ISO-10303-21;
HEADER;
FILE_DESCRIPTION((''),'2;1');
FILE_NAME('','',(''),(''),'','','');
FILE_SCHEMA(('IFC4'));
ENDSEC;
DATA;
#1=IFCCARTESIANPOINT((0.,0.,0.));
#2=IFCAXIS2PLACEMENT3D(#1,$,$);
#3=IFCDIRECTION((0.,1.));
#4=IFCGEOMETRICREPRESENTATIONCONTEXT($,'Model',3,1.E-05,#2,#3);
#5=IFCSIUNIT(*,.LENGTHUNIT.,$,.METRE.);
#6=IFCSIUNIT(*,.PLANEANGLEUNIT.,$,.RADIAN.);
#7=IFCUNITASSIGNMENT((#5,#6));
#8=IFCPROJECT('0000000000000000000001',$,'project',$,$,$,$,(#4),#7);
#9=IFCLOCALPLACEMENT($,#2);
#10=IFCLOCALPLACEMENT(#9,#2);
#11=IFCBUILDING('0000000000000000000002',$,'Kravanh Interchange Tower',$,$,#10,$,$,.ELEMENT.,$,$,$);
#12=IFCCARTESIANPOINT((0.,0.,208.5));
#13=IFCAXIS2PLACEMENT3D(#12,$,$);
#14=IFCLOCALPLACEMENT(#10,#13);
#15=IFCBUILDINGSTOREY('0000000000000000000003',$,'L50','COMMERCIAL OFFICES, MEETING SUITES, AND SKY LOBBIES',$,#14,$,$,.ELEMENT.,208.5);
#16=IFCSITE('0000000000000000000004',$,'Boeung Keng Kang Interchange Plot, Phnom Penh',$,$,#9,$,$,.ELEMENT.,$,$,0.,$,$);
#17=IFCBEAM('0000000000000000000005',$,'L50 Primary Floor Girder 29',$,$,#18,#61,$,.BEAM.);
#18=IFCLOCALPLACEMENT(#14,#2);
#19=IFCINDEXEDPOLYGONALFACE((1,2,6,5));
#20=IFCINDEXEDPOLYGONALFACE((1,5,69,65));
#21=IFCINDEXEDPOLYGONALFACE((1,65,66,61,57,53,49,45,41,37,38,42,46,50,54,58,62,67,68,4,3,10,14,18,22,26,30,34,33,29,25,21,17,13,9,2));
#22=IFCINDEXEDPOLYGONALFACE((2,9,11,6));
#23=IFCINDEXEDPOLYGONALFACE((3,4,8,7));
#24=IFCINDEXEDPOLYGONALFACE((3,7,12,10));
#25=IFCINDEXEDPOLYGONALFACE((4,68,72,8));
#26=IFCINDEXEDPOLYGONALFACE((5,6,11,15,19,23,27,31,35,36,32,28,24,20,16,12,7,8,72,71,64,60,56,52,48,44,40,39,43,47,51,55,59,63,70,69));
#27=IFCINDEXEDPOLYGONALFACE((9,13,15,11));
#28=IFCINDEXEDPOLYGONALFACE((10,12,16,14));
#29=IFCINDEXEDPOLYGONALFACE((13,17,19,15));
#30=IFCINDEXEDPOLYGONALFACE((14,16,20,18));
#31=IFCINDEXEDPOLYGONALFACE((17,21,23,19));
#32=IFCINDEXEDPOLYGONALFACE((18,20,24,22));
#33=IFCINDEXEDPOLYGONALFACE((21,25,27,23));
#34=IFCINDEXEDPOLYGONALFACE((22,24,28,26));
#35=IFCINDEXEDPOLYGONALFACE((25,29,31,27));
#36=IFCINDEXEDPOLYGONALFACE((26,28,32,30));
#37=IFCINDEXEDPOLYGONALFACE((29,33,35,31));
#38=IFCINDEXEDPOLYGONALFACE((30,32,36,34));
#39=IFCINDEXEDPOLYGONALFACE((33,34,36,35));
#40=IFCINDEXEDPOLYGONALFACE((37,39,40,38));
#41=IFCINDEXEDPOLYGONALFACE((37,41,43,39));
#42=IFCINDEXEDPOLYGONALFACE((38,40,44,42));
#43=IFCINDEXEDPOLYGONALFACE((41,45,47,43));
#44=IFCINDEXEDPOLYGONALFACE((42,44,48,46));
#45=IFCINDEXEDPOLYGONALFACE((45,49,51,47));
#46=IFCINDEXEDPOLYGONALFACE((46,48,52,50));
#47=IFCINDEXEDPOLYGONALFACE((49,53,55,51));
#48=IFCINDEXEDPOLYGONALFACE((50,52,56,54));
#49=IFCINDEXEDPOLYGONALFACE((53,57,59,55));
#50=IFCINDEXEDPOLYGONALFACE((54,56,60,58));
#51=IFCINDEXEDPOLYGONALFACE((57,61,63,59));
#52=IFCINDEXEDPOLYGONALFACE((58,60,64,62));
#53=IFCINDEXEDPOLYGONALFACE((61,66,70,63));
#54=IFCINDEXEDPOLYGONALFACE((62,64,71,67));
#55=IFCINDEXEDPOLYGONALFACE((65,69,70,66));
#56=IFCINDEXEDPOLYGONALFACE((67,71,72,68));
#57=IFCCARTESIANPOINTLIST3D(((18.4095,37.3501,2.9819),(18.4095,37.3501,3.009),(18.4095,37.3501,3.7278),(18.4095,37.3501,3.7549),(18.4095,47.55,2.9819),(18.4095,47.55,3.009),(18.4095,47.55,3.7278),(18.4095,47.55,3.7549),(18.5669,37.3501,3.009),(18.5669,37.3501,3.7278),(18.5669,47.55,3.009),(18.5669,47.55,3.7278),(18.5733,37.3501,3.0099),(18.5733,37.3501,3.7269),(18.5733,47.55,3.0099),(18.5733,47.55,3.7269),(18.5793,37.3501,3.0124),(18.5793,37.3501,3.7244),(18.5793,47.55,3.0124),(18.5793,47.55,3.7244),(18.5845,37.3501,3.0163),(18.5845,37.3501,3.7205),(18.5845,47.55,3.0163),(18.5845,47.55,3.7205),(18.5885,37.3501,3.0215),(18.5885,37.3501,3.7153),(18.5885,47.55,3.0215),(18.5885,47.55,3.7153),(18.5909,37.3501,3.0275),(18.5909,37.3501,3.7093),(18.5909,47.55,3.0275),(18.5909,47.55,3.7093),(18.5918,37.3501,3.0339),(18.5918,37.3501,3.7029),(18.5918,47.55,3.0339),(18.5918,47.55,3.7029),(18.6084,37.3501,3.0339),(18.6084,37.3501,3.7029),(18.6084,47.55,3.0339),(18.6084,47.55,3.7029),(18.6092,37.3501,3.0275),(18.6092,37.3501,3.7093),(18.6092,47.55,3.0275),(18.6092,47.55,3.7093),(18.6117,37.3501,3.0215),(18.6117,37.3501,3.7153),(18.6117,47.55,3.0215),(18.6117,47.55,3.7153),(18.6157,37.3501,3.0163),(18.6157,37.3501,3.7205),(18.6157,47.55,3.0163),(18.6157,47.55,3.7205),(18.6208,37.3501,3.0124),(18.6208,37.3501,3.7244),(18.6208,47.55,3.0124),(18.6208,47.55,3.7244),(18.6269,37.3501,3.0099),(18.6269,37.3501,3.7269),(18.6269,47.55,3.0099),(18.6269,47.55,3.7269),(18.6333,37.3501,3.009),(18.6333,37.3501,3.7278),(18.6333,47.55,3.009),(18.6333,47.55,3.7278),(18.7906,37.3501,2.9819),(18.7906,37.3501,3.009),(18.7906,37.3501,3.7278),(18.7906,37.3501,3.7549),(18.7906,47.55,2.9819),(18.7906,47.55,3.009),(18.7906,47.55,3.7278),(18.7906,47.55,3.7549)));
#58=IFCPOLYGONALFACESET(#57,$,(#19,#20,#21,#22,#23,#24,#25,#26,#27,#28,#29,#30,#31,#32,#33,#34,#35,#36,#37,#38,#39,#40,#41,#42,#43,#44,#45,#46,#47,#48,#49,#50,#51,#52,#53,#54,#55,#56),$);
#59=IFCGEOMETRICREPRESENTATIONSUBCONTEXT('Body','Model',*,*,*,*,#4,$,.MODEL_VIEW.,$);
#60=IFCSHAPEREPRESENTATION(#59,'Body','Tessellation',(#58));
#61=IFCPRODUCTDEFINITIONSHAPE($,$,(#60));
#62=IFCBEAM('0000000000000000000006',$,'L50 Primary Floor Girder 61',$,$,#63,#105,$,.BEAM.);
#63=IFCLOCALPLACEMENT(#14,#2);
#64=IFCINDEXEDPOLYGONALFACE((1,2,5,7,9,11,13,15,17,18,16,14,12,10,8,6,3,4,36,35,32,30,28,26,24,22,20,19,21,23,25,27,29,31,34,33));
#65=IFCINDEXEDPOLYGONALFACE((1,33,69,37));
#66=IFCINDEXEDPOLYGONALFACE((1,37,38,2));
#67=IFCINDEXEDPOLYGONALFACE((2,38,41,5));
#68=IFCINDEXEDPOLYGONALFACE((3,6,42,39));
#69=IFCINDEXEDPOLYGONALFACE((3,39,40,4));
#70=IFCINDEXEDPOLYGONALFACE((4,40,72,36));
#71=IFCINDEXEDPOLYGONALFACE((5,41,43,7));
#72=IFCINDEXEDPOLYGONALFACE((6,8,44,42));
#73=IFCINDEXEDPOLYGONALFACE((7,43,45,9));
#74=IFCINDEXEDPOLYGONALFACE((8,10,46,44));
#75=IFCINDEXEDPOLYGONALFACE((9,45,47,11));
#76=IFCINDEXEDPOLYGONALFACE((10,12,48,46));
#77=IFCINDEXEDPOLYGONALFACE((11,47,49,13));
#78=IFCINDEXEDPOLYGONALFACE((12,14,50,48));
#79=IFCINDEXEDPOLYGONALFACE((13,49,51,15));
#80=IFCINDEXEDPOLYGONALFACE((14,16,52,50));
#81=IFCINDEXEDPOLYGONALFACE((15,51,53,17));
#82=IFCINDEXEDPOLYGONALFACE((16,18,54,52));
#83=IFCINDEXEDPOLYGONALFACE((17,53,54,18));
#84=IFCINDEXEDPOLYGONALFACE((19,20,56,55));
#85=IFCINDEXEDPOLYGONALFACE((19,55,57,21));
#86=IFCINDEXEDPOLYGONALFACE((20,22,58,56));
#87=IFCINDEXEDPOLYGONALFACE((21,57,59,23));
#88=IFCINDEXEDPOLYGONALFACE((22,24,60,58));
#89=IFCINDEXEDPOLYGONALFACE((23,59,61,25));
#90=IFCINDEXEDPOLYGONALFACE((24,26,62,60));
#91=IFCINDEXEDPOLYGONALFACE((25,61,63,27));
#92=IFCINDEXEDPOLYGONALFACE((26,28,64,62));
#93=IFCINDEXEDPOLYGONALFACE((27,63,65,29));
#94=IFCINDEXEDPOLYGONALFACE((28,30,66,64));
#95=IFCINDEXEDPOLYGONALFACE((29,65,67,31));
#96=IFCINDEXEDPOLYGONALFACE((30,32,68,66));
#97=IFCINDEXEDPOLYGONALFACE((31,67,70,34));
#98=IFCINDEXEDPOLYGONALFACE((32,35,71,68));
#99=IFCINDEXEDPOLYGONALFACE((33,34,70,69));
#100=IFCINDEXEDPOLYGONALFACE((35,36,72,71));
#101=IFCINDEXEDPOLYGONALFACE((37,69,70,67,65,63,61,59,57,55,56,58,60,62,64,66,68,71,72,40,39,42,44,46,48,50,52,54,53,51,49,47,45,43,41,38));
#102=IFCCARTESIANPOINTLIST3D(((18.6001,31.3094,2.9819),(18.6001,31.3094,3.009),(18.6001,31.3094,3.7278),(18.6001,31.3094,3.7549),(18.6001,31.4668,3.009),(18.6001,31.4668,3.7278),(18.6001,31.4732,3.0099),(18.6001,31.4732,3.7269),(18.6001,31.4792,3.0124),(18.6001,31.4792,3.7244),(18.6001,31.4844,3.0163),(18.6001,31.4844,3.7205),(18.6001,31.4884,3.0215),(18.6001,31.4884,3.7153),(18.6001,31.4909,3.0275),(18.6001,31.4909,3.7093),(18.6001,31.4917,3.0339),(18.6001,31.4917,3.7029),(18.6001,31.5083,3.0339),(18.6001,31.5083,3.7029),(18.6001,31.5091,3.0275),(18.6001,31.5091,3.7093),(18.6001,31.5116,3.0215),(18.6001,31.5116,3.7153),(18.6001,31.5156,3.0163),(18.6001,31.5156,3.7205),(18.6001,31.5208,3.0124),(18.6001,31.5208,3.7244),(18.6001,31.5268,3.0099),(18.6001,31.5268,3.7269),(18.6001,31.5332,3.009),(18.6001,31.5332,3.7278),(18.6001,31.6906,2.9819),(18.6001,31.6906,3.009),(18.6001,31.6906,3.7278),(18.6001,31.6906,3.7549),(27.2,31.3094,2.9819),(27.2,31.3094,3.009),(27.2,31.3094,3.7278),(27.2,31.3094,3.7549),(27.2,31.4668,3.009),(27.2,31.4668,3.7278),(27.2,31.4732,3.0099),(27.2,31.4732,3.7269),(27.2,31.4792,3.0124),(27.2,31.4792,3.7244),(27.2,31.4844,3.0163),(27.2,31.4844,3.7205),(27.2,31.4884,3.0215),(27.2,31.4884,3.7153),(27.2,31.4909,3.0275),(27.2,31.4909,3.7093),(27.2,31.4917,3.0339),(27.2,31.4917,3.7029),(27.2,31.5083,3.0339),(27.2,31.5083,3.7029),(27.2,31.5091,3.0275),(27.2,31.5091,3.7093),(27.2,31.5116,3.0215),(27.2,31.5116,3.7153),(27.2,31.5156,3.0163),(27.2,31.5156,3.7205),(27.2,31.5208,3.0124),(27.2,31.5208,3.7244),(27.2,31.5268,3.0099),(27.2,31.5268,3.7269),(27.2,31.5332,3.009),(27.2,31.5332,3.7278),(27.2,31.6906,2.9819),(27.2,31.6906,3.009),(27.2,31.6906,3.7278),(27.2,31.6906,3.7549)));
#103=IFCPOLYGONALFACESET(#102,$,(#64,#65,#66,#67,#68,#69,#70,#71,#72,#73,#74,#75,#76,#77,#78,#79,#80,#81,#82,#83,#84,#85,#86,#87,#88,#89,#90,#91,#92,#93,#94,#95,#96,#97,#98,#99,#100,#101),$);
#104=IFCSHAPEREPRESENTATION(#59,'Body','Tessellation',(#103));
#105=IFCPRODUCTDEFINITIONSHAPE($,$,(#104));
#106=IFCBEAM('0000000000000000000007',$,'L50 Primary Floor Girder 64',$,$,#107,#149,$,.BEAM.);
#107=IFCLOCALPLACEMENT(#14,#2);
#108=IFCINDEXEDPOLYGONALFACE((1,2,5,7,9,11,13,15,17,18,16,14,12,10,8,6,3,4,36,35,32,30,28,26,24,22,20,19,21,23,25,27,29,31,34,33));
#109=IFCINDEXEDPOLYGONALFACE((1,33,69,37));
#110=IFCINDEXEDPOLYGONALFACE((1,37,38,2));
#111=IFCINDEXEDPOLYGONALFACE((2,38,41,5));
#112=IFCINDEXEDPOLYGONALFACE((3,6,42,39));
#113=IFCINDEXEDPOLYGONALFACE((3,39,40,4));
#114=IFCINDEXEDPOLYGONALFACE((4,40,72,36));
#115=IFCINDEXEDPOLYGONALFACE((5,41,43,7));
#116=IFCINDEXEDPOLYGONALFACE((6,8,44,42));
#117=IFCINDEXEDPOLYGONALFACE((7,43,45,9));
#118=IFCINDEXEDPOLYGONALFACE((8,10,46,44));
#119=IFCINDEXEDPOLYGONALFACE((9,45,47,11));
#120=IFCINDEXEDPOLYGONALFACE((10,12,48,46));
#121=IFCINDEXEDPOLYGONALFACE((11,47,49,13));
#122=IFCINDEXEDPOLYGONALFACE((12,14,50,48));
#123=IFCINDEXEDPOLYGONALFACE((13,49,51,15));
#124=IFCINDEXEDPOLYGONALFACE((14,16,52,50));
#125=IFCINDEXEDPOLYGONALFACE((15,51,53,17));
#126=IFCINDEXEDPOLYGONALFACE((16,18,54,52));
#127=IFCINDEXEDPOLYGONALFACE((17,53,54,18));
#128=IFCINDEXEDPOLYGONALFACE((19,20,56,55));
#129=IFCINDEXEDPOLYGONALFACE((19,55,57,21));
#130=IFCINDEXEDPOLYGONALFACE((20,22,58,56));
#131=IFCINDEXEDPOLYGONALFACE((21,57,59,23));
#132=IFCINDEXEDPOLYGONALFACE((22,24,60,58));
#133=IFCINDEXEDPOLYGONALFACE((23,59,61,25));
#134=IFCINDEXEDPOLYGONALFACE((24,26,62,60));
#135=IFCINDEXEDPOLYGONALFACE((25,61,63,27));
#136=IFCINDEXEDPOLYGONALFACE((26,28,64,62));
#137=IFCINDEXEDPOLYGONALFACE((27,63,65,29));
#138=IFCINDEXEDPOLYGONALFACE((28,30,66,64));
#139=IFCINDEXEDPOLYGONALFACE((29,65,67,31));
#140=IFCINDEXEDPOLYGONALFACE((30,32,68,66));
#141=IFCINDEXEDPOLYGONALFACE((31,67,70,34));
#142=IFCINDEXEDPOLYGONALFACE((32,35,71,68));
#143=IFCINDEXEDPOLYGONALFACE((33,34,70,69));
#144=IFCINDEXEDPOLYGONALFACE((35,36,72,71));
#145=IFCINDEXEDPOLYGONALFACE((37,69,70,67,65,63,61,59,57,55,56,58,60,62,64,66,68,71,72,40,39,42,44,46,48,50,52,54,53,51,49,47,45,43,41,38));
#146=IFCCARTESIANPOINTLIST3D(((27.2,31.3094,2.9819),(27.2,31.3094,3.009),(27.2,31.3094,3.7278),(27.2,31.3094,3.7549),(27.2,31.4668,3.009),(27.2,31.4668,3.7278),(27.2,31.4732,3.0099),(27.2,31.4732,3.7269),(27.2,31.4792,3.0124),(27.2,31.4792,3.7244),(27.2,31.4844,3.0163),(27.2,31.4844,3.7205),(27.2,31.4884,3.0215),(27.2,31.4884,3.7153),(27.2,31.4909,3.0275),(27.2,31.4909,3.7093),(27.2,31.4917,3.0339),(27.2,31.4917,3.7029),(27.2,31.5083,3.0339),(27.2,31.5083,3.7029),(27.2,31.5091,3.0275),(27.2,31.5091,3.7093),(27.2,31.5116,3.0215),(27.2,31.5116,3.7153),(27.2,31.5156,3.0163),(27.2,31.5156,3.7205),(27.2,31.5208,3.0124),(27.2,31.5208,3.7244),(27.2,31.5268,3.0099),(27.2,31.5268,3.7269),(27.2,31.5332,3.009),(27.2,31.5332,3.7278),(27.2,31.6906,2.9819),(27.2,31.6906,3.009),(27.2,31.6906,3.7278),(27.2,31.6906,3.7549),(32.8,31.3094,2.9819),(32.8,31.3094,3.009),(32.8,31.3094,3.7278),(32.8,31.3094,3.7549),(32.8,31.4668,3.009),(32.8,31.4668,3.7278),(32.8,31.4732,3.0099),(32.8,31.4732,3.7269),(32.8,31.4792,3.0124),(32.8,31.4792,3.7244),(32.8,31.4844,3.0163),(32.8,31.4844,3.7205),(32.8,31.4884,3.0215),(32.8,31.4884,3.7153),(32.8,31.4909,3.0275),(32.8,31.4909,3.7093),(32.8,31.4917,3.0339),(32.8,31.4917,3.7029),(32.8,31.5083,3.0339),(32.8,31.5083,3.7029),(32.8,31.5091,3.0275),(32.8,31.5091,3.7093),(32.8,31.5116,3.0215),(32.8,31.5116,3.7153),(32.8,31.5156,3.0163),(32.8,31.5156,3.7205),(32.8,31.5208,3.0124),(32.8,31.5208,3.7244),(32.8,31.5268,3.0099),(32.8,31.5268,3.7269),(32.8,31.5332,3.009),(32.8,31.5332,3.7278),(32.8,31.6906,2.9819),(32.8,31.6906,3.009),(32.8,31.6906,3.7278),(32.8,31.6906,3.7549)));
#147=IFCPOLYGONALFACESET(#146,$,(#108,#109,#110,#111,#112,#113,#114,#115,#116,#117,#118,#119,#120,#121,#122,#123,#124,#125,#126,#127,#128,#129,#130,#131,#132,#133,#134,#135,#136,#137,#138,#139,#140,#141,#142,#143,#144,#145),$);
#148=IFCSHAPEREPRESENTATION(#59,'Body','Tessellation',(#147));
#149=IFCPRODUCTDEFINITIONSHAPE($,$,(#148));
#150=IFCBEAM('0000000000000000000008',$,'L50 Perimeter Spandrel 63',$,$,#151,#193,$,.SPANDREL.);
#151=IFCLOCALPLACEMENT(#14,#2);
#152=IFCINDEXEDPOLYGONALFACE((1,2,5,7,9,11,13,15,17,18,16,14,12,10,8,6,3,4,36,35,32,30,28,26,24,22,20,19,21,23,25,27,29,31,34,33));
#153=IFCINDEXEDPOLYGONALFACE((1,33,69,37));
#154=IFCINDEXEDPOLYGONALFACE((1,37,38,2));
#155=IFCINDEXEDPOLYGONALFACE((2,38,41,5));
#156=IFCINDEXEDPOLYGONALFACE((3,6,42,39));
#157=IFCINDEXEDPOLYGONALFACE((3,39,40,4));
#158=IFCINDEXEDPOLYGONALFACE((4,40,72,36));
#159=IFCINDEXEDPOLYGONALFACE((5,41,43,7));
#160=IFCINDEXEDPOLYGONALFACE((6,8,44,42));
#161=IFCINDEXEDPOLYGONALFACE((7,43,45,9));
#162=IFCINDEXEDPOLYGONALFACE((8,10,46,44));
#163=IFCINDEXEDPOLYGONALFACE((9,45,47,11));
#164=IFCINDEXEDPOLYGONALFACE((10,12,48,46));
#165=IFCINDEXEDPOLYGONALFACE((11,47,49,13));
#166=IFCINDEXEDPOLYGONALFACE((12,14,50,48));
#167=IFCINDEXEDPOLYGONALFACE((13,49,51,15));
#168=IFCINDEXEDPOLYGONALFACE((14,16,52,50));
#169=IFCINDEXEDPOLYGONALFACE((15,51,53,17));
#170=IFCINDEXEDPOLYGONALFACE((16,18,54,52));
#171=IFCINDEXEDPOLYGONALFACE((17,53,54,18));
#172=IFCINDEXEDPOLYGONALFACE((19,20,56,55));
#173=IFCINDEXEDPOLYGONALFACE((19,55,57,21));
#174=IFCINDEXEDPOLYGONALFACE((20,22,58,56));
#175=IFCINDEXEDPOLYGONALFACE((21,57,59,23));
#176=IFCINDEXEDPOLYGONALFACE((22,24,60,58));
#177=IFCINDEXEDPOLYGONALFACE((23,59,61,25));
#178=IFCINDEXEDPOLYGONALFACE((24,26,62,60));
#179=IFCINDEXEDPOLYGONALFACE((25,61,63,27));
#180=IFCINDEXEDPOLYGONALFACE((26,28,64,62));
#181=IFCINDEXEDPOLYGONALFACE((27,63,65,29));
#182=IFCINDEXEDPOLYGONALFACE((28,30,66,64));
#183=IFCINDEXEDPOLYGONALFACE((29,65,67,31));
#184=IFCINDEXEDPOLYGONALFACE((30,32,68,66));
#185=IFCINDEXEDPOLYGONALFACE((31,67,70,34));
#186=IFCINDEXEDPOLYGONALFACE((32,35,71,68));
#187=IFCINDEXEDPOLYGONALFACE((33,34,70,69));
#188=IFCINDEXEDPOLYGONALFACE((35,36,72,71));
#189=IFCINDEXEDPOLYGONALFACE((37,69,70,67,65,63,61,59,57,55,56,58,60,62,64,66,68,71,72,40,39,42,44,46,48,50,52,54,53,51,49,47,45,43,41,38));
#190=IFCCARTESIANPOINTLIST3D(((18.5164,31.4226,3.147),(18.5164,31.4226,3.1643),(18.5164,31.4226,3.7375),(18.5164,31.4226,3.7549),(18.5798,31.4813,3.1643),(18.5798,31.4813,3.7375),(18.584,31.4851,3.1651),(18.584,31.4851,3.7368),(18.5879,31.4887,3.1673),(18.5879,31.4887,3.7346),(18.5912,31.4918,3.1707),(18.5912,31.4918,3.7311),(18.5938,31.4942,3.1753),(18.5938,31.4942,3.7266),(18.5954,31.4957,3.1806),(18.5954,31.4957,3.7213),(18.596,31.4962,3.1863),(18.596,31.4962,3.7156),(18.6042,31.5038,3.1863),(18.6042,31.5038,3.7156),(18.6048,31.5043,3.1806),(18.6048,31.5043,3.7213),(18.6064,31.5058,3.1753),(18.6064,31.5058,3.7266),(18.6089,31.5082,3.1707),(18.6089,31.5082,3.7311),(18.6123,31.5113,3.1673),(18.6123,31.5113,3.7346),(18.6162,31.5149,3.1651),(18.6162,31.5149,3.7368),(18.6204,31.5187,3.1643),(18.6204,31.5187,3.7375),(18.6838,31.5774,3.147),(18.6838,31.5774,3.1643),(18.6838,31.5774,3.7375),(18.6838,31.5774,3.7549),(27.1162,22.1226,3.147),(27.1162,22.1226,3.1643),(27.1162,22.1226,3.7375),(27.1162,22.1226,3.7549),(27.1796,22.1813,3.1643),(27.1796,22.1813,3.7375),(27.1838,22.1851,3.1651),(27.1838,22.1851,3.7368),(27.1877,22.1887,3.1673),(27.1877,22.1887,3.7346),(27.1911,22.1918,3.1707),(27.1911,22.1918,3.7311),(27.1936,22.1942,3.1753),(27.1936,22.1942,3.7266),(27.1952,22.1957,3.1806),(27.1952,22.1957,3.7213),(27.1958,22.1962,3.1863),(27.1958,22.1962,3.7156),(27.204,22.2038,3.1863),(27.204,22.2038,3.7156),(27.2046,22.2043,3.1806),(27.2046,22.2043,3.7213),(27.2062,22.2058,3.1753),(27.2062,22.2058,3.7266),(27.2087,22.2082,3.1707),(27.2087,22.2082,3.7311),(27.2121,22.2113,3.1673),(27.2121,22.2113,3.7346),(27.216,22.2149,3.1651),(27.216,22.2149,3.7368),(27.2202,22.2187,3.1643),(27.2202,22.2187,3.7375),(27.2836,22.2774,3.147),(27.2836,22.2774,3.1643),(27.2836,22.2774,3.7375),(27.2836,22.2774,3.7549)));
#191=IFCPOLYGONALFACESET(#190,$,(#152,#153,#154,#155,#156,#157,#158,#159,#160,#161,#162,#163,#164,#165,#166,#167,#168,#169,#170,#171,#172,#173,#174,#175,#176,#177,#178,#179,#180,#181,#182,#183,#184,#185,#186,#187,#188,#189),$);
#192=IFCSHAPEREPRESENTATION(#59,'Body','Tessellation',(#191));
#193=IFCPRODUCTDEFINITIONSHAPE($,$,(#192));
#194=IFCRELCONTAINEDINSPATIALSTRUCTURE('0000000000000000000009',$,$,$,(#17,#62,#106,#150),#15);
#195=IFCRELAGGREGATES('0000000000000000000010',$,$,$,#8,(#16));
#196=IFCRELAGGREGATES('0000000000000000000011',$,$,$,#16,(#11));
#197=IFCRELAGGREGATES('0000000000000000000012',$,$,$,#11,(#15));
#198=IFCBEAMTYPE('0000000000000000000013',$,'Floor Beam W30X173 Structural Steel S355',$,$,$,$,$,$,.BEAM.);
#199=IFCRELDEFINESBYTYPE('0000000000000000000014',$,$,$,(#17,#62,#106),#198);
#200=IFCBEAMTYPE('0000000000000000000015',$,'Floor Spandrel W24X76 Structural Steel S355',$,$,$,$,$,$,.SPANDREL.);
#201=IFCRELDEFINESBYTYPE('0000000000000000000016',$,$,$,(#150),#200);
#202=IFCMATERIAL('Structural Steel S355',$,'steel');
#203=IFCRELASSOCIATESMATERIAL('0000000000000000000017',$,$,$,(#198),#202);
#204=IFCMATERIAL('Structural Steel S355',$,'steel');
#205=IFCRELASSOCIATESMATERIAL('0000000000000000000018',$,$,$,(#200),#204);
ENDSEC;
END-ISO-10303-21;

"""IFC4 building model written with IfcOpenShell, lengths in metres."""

from ifc_helpers import new_model, si_unit, direction, frame, origin, origin_2d, place, context, subcontext, project, spatial, i_section, extrude, material, material_profile, profile_set, type_object, element, save


model = new_model("IFC4")

# Units and contexts
model_context = context("Model", 3, precision=1e-05, world=origin(), true_north=direction((0.0, 1.0)))
body_context = subcontext(model_context, "Body", "Model", "MODEL_VIEW")
ifc_project = project(units=[si_unit("LENGTHUNIT", "METRE"), si_unit("PLANEANGLEUNIT", "RADIAN")], contexts=[model_context])

# Site, building, storey
site_placement = place(None, origin())
site = spatial("IfcSite", under=ifc_project, at=site_placement, Name="Boeung Keng Kang Interchange Plot, Phnom Penh", CompositionType="ELEMENT", RefElevation=0.0)
building_placement = place(site_placement, origin())
building = spatial("IfcBuilding", under=site, at=building_placement, Name="Kravanh Interchange Tower", CompositionType="ELEMENT")
storey_placement = place(building_placement, frame((0.0, 0.0, 208.5)))
storey = spatial("IfcBuildingStorey", under=building, at=storey_placement, Name="L50", Description="COMMERCIAL OFFICES, MEETING SUITES, AND SKY LOBBIES", CompositionType="ELEMENT", Elevation=208.5)

# Beams
ifc_material_1 = material(Name="Structural Steel S355", Category="steel")
ifc_material_profile_1 = material_profile(ifc_material_1, i_section(OverallWidth=0.3811, OverallDepth=0.7729, WebThickness=0.0166, FlangeThickness=0.0271, FilletRadius=0.0249, at=origin_2d()), Name="W30X173")
ifc_profile_set_1 = profile_set([ifc_material_profile_1], Name="Structural Steel S355")
beam_type_1 = type_object("IfcBeamType", Name="Floor Beam W30X173 Structural Steel S355", PredefinedType="BEAM", material=ifc_profile_set_1)
beam_1_placement = place(storey_placement, frame((18.6001, 37.3501, 3.3684), z_axis=(0.0, 1.0, 0.0), x_axis=(-1.0, 0.0, 0.0)))
element("IfcBeam", 1, at=beam_1_placement, inside=storey, type_object=beam_type_1, Name="L50 Primary Floor Girder 29", PredefinedType="BEAM", context=body_context, shape_type="SweptSolid", body=[
    extrude(i_section(OverallWidth=0.3811, OverallDepth=0.7729, WebThickness=0.0166, FlangeThickness=0.0271, FilletRadius=0.0249, at=origin_2d()), origin(), (0.0, 0.0, 1.0), 10.2),
])
beam_2_placement = place(storey_placement, frame((18.6001, 31.5, 3.3684), z_axis=(1.0, 0.0, 0.0), x_axis=(0.0, 1.0, 0.0)))
element("IfcBeam", 2, at=beam_2_placement, inside=storey, type_object=beam_type_1, Name="L50 Primary Floor Girder 61", PredefinedType="BEAM", context=body_context, shape_type="SweptSolid", body=[
    extrude(i_section(OverallWidth=0.3811, OverallDepth=0.7729, WebThickness=0.0166, FlangeThickness=0.0271, FilletRadius=0.0249, at=origin_2d()), origin(), (0.0, 0.0, 1.0), 8.5999),
])
beam_3_placement = place(storey_placement, frame((27.2, 31.5, 3.3684), z_axis=(1.0, 0.0, 0.0), x_axis=(0.0, 1.0, 0.0)))
element("IfcBeam", 3, at=beam_3_placement, inside=storey, type_object=beam_type_1, Name="L50 Primary Floor Girder 64", PredefinedType="BEAM", context=body_context, shape_type="SweptSolid", body=[
    extrude(i_section(OverallWidth=0.3811, OverallDepth=0.7729, WebThickness=0.0166, FlangeThickness=0.0271, FilletRadius=0.0249, at=origin_2d()), origin(), (0.0, 0.0, 1.0), 5.6001),
])
ifc_material_2 = material(Name="Structural Steel S355", Category="steel")
ifc_material_profile_2 = material_profile(ifc_material_2, i_section(OverallWidth=0.228, OverallDepth=0.6079, WebThickness=0.0112, FlangeThickness=0.0173, FilletRadius=0.022, at=origin_2d()), Name="W24X76")
ifc_profile_set_2 = profile_set([ifc_material_profile_2], Name="Structural Steel S355")
beam_type_2 = type_object("IfcBeamType", Name="Floor Spandrel W24X76 Structural Steel S355", PredefinedType="SPANDREL", material=ifc_profile_set_2)
beam_4_placement = place(storey_placement, frame((18.6001, 31.5, 3.4509), z_axis=(0.678927, -0.734205, 0.0), x_axis=(0.734205, 0.678927, 0.0)))
element("IfcBeam", 4, at=beam_4_placement, inside=storey, type_object=beam_type_2, Name="L50 Perimeter Spandrel 63", PredefinedType="SPANDREL", context=body_context, shape_type="SweptSolid", body=[
    extrude(i_section(OverallWidth=0.228, OverallDepth=0.6079, WebThickness=0.0112, FlangeThickness=0.0173, FilletRadius=0.022, at=origin_2d()), origin(), (0.0, 0.0, 1.0), 12.6667),
])

save(model, "model.ifc")
